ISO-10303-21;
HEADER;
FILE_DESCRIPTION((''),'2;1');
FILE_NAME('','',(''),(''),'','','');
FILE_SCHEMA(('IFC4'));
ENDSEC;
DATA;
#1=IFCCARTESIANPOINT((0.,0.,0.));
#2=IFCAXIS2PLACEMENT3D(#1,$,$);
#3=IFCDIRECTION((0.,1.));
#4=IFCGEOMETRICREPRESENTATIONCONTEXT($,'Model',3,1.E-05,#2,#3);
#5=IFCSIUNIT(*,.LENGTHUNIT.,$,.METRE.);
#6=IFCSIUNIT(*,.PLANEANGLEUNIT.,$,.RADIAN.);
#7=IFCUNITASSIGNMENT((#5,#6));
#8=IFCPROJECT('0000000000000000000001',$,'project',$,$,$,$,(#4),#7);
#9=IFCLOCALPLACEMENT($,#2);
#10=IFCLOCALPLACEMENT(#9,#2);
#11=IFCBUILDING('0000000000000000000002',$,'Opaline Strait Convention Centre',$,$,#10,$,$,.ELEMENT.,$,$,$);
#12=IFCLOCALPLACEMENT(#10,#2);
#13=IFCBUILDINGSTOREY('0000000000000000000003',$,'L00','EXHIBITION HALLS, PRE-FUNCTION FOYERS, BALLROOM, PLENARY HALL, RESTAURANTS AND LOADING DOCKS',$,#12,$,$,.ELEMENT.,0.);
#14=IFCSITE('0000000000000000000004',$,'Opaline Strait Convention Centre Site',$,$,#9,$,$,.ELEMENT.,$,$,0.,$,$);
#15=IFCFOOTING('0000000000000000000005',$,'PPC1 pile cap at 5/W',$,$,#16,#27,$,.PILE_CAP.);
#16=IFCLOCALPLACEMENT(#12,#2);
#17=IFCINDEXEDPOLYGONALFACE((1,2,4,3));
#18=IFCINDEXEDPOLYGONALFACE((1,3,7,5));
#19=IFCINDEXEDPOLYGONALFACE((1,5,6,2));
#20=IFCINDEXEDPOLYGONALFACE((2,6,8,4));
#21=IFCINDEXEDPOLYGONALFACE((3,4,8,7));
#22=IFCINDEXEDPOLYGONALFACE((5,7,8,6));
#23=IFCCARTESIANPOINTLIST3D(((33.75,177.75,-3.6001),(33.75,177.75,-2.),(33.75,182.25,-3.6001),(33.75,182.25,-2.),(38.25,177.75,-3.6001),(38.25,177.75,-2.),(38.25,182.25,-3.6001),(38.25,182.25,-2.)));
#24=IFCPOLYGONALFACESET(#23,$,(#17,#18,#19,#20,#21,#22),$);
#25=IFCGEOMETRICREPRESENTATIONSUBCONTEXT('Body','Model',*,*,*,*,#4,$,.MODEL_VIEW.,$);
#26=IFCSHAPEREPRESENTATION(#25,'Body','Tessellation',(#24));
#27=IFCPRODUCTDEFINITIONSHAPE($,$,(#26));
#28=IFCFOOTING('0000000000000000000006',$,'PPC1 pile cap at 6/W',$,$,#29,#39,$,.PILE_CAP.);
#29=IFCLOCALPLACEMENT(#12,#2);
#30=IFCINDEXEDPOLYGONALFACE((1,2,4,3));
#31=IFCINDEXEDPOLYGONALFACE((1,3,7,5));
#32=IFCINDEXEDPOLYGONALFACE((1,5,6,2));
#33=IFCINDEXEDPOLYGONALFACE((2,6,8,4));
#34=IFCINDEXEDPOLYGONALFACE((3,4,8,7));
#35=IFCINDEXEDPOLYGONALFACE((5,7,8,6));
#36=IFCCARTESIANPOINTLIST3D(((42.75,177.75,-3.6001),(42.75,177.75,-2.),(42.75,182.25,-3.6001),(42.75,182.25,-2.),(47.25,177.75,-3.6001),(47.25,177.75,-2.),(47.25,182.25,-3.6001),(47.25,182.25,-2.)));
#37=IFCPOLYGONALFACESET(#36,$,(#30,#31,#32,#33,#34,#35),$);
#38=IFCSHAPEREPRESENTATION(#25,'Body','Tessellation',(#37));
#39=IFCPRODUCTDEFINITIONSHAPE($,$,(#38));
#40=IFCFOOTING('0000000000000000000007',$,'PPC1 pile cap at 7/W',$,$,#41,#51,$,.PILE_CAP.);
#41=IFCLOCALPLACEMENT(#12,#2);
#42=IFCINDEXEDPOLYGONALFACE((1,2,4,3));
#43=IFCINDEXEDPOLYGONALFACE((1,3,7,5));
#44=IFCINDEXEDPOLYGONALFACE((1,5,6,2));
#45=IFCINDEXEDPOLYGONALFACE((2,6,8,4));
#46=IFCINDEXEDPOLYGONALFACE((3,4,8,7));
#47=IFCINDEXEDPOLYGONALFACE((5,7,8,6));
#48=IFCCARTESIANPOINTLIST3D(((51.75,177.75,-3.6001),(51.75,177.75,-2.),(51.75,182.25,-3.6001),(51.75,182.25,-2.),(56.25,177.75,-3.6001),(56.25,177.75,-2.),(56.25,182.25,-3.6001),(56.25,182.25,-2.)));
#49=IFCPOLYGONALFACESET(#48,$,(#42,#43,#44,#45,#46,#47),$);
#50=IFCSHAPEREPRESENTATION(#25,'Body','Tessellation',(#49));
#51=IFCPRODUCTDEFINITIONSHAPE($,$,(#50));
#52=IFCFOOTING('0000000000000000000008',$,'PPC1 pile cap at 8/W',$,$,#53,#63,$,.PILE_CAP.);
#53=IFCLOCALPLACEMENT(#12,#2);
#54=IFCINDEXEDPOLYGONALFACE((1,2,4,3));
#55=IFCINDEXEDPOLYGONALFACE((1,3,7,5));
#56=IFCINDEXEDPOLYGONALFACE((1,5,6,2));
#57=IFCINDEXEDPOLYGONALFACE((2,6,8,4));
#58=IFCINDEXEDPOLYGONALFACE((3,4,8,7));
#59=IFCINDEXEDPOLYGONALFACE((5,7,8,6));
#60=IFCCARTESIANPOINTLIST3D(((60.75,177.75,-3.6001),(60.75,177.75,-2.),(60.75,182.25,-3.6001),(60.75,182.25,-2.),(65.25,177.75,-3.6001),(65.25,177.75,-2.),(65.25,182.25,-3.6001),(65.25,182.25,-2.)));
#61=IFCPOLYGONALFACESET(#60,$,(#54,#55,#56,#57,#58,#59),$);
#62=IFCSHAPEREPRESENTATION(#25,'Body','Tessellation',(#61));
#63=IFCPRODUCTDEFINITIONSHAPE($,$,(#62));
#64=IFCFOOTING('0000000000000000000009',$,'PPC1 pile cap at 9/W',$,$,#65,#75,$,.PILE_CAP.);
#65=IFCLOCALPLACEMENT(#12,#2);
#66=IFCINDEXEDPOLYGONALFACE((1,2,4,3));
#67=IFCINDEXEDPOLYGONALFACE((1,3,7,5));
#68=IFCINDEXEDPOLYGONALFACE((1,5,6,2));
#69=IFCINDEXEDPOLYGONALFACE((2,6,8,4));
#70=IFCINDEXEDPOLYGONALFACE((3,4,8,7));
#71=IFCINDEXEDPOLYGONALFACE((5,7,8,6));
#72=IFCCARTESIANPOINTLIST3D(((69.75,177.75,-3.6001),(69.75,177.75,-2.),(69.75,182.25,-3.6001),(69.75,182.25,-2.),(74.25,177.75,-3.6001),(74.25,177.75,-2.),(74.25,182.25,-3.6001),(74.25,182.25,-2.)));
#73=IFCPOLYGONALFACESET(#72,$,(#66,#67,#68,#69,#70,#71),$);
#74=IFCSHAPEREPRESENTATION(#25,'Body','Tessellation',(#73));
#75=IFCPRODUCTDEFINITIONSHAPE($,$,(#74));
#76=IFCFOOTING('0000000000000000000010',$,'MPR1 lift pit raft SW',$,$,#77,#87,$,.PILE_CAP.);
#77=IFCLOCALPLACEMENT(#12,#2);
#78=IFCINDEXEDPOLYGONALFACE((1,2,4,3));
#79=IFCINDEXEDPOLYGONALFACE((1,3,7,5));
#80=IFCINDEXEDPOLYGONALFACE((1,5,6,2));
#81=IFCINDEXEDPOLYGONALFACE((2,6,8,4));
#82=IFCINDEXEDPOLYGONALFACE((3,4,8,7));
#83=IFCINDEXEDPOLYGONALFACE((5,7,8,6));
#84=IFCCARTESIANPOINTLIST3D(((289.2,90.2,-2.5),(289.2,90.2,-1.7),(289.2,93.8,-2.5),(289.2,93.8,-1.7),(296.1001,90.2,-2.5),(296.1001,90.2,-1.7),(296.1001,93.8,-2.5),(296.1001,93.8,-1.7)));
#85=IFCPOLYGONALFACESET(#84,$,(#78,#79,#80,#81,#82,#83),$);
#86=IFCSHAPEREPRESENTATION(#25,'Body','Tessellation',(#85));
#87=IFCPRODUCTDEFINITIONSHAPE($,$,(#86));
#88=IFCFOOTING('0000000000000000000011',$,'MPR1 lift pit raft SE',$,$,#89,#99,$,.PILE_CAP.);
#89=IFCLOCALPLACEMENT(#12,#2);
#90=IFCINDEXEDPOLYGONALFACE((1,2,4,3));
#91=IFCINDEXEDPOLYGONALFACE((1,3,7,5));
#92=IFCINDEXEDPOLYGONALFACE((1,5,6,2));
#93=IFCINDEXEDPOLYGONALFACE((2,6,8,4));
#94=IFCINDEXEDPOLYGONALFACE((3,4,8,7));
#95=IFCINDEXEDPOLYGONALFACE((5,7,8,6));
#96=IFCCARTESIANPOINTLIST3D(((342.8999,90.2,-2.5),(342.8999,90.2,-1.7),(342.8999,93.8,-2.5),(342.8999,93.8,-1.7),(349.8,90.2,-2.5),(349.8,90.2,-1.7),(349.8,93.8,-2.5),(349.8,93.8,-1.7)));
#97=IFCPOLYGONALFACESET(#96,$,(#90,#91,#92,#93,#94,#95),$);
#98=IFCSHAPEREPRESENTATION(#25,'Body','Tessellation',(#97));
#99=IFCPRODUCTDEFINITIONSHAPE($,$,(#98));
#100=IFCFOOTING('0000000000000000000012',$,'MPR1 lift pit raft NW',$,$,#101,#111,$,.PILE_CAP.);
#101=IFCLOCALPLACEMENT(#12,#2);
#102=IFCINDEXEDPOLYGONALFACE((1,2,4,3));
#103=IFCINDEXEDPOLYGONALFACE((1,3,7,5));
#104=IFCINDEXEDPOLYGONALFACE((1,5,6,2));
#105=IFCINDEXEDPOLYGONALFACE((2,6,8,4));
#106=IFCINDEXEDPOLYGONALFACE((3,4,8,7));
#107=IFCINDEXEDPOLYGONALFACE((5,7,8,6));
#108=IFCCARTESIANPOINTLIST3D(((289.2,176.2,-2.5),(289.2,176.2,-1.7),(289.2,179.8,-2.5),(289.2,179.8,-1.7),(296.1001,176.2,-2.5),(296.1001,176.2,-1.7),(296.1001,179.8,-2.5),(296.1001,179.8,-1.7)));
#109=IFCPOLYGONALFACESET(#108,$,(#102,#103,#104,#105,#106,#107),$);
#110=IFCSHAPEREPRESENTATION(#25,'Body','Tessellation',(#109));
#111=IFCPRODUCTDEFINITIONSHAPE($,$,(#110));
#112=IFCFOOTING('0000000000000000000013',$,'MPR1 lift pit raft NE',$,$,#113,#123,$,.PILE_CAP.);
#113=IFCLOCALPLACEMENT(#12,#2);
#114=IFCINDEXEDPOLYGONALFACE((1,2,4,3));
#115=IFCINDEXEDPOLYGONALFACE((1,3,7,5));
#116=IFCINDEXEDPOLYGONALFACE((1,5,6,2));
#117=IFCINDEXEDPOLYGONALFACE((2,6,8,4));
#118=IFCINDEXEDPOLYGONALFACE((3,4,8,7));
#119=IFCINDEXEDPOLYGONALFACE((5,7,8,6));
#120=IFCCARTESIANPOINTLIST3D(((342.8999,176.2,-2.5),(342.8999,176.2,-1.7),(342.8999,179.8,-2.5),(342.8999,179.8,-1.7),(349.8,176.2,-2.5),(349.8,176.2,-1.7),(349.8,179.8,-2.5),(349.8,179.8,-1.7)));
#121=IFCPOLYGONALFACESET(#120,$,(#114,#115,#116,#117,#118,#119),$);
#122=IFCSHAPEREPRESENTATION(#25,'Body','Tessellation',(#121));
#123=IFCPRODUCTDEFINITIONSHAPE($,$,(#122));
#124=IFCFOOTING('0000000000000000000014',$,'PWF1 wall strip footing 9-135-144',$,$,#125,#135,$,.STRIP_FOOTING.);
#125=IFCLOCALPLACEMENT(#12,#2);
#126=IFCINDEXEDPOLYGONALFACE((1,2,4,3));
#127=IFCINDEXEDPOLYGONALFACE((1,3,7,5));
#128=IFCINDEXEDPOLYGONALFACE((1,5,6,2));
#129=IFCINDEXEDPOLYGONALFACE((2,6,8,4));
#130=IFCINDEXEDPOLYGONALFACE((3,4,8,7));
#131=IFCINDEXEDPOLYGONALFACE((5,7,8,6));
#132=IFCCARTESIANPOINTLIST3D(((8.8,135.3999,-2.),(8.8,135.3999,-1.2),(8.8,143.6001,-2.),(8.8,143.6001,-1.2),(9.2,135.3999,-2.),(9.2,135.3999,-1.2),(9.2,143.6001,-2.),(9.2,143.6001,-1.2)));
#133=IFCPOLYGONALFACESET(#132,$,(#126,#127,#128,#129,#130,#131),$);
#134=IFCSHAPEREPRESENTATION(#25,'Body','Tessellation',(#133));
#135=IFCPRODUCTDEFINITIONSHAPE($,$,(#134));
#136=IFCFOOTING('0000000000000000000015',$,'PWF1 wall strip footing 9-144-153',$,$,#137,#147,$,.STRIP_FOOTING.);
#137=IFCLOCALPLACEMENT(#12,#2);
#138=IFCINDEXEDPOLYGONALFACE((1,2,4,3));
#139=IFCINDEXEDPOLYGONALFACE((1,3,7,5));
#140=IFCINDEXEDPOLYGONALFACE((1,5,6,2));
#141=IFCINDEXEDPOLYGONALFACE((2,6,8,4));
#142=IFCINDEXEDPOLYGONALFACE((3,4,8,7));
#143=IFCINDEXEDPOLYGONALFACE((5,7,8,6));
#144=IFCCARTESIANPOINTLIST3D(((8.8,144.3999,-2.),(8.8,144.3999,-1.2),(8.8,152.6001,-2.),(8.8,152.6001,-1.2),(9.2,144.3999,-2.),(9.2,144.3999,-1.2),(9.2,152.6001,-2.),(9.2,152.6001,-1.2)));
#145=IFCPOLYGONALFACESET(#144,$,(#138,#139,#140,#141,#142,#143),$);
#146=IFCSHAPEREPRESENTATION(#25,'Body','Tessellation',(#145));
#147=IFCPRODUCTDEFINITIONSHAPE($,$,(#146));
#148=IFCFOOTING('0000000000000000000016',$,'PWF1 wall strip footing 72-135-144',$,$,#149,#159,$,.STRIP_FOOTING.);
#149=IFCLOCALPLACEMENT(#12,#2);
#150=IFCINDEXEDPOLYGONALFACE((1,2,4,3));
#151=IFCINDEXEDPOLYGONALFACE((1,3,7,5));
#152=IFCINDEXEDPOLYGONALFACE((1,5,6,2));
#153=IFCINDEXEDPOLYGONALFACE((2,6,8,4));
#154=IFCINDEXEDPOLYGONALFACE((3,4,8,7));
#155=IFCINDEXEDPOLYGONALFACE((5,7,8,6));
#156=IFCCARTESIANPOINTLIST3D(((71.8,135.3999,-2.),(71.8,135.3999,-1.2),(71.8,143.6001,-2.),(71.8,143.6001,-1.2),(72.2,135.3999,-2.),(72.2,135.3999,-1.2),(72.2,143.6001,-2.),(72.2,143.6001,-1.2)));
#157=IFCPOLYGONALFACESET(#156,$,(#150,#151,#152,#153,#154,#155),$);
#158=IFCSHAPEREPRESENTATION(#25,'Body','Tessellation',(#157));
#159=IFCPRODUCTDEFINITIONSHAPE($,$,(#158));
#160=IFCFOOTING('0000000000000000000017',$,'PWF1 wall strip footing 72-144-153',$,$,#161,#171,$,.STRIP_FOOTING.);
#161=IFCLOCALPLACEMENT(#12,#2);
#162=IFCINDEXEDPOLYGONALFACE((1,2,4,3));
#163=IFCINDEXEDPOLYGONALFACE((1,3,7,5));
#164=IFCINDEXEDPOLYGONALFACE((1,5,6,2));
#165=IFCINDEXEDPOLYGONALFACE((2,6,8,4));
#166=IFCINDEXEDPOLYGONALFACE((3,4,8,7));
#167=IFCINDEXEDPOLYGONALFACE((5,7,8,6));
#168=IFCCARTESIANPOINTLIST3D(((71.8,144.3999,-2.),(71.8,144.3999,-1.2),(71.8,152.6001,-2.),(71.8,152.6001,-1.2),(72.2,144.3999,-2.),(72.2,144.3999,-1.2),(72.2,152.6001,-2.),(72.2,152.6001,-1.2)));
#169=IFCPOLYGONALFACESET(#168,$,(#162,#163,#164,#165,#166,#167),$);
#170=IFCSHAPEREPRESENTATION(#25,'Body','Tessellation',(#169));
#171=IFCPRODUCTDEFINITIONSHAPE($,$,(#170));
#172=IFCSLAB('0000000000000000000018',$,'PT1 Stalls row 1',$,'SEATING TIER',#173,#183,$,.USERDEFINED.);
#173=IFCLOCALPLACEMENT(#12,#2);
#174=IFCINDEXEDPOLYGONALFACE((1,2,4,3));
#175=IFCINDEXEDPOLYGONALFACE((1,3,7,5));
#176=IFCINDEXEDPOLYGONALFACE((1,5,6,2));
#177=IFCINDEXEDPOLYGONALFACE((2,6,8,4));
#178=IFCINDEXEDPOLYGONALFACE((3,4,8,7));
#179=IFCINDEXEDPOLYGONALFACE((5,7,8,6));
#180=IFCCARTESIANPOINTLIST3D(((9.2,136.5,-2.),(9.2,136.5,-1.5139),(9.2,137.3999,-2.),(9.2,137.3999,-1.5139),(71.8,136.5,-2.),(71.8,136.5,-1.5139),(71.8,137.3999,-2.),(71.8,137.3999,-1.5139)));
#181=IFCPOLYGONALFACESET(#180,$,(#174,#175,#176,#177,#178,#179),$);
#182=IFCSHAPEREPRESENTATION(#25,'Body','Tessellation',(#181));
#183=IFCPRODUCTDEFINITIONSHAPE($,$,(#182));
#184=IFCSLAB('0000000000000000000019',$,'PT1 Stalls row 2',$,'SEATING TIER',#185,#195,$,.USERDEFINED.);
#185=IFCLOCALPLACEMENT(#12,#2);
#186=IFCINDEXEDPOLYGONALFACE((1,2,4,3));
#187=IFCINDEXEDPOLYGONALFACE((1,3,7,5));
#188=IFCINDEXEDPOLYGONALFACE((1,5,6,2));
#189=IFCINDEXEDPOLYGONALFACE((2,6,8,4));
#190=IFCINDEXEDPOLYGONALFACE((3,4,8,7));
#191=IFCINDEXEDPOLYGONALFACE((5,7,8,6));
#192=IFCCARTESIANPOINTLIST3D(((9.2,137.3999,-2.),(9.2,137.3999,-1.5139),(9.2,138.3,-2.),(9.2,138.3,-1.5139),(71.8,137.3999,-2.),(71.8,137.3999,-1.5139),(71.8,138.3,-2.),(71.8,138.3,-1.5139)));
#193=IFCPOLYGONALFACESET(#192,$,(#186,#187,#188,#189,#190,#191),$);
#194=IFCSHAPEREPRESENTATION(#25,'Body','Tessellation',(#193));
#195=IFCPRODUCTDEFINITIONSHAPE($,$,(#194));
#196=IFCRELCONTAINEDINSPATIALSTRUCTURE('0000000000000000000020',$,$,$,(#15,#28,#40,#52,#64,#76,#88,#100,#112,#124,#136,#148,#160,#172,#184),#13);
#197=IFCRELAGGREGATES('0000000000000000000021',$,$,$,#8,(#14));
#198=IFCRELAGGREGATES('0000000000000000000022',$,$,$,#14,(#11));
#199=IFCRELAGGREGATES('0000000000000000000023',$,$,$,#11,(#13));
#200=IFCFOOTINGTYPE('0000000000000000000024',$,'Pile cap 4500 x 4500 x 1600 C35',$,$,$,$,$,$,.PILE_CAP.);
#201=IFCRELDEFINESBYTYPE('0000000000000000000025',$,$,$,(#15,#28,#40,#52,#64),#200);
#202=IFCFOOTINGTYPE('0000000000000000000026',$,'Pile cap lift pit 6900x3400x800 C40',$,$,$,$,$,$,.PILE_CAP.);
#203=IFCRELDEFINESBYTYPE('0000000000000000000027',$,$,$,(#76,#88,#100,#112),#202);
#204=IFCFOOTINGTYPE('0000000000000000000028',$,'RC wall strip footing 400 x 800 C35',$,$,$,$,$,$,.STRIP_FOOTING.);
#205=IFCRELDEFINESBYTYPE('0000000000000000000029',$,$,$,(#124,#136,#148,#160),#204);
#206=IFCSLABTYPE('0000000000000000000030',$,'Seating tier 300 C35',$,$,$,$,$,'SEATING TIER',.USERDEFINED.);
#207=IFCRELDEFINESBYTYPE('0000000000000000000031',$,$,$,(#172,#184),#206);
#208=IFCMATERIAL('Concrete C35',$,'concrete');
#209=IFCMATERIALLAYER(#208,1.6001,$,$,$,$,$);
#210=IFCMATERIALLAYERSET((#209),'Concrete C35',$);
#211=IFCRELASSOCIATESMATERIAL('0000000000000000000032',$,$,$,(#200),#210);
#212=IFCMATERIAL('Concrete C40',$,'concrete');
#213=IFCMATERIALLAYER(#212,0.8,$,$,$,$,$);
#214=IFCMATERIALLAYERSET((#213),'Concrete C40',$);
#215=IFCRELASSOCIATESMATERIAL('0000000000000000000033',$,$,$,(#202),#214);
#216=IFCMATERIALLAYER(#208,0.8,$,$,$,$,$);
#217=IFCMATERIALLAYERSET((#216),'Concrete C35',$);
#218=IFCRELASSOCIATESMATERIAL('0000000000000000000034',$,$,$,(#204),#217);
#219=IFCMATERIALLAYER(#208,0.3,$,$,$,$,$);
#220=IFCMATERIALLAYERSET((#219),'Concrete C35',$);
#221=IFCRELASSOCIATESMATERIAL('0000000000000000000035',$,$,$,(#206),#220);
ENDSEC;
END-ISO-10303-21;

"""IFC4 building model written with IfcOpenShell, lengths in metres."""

from ifc_helpers import new_model, si_unit, direction, frame, origin, place, context, subcontext, project, spatial, polyline, outline, extrude, material, layer, layer_set, type_object, element, save


model = new_model("IFC4")

# Units and contexts
model_context = context("Model", 3, precision=1e-05, world=origin(), true_north=direction((0.0, 1.0)))
body_context = subcontext(model_context, "Body", "Model", "MODEL_VIEW")
ifc_project = project(units=[si_unit("LENGTHUNIT", "METRE"), si_unit("PLANEANGLEUNIT", "RADIAN")], contexts=[model_context])

# Site, building, storey
site_placement = place(None, origin())
site = spatial("IfcSite", under=ifc_project, at=site_placement, Name="Opaline Strait Convention Centre Site", CompositionType="ELEMENT", RefElevation=0.0)
building_placement = place(site_placement, origin())
building = spatial("IfcBuilding", under=site, at=building_placement, Name="Opaline Strait Convention Centre", CompositionType="ELEMENT")
storey_placement = place(building_placement, origin())
storey = spatial("IfcBuildingStorey", under=building, at=storey_placement, Name="L00", Description="EXHIBITION HALLS, PRE-FUNCTION FOYERS, BALLROOM, PLENARY HALL, RESTAURANTS AND LOADING DOCKS", CompositionType="ELEMENT", Elevation=0.0)

# Footings
ifc_material_1 = material(Name="Concrete C35", Category="concrete")
ifc_layer_1 = layer(ifc_material_1, 1.6001)
ifc_layer_set_1 = layer_set([ifc_layer_1], Name="Concrete C35")
footing_type_1 = type_object("IfcFootingType", Name="Pile cap 4500 x 4500 x 1600 C35", PredefinedType="PILE_CAP", material=ifc_layer_set_1)
footing_1_placement = place(storey_placement, frame((0.0, 0.0, -3.6001)))
element("IfcFooting", 1, at=footing_1_placement, inside=storey, type_object=footing_type_1, Name="PPC1 pile cap at 5/W", PredefinedType="PILE_CAP", context=body_context, shape_type="SweptSolid", body=[
    extrude(outline(polyline([(33.75, 177.75), (38.25, 177.75), (38.25, 182.25), (33.75, 182.25), (33.75, 177.75)])), origin(), (0.0, 0.0, 1.0), 1.6001),
])
footing_2_placement = place(storey_placement, frame((0.0, 0.0, -3.6001)))
element("IfcFooting", 2, at=footing_2_placement, inside=storey, type_object=footing_type_1, Name="PPC1 pile cap at 6/W", PredefinedType="PILE_CAP", context=body_context, shape_type="SweptSolid", body=[
    extrude(outline(polyline([(42.75, 177.75), (47.25, 177.75), (47.25, 182.25), (42.75, 182.25), (42.75, 177.75)])), origin(), (0.0, 0.0, 1.0), 1.6001),
])
footing_3_placement = place(storey_placement, frame((0.0, 0.0, -3.6001)))
element("IfcFooting", 3, at=footing_3_placement, inside=storey, type_object=footing_type_1, Name="PPC1 pile cap at 7/W", PredefinedType="PILE_CAP", context=body_context, shape_type="SweptSolid", body=[
    extrude(outline(polyline([(51.75, 177.75), (56.25, 177.75), (56.25, 182.25), (51.75, 182.25), (51.75, 177.75)])), origin(), (0.0, 0.0, 1.0), 1.6001),
])
footing_4_placement = place(storey_placement, frame((0.0, 0.0, -3.6001)))
element("IfcFooting", 4, at=footing_4_placement, inside=storey, type_object=footing_type_1, Name="PPC1 pile cap at 8/W", PredefinedType="PILE_CAP", context=body_context, shape_type="SweptSolid", body=[
    extrude(outline(polyline([(60.75, 177.75), (65.25, 177.75), (65.25, 182.25), (60.75, 182.25), (60.75, 177.75)])), origin(), (0.0, 0.0, 1.0), 1.6001),
])
footing_5_placement = place(storey_placement, frame((0.0, 0.0, -3.6001)))
element("IfcFooting", 5, at=footing_5_placement, inside=storey, type_object=footing_type_1, Name="PPC1 pile cap at 9/W", PredefinedType="PILE_CAP", context=body_context, shape_type="SweptSolid", body=[
    extrude(outline(polyline([(69.75, 177.75), (74.25, 177.75), (74.25, 182.25), (69.75, 182.25), (69.75, 177.75)])), origin(), (0.0, 0.0, 1.0), 1.6001),
])
ifc_material_2 = material(Name="Concrete C40", Category="concrete")
ifc_layer_2 = layer(ifc_material_2, 0.8)
ifc_layer_set_2 = layer_set([ifc_layer_2], Name="Concrete C40")
footing_type_2 = type_object("IfcFootingType", Name="Pile cap lift pit 6900x3400x800 C40", PredefinedType="PILE_CAP", material=ifc_layer_set_2)
footing_6_placement = place(storey_placement, frame((0.0, 0.0, -2.5)))
element("IfcFooting", 6, at=footing_6_placement, inside=storey, type_object=footing_type_2, Name="MPR1 lift pit raft SW", PredefinedType="PILE_CAP", context=body_context, shape_type="SweptSolid", body=[
    extrude(outline(polyline([(296.1001, 90.2), (296.1001, 93.8), (289.2, 93.8), (289.2, 90.2), (296.1001, 90.2)])), origin(), (0.0, 0.0, 1.0), 0.8),
])
footing_7_placement = place(storey_placement, frame((0.0, 0.0, -2.5)))
element("IfcFooting", 7, at=footing_7_placement, inside=storey, type_object=footing_type_2, Name="MPR1 lift pit raft SE", PredefinedType="PILE_CAP", context=body_context, shape_type="SweptSolid", body=[
    extrude(outline(polyline([(349.8, 90.2), (349.8, 93.8), (342.8999, 93.8), (342.8999, 90.2), (349.8, 90.2)])), origin(), (0.0, 0.0, 1.0), 0.8),
])
footing_8_placement = place(storey_placement, frame((0.0, 0.0, -2.5)))
element("IfcFooting", 8, at=footing_8_placement, inside=storey, type_object=footing_type_2, Name="MPR1 lift pit raft NW", PredefinedType="PILE_CAP", context=body_context, shape_type="SweptSolid", body=[
    extrude(outline(polyline([(296.1001, 176.2), (296.1001, 179.8), (289.2, 179.8), (289.2, 176.2), (296.1001, 176.2)])), origin(), (0.0, 0.0, 1.0), 0.8),
])
footing_9_placement = place(storey_placement, frame((0.0, 0.0, -2.5)))
element("IfcFooting", 9, at=footing_9_placement, inside=storey, type_object=footing_type_2, Name="MPR1 lift pit raft NE", PredefinedType="PILE_CAP", context=body_context, shape_type="SweptSolid", body=[
    extrude(outline(polyline([(349.8, 176.2), (349.8, 179.8), (342.8999, 179.8), (342.8999, 176.2), (349.8, 176.2)])), origin(), (0.0, 0.0, 1.0), 0.8),
])
ifc_layer_3 = layer(ifc_material_1, 0.8)
ifc_layer_set_3 = layer_set([ifc_layer_3], Name="Concrete C35")
footing_type_3 = type_object("IfcFootingType", Name="RC wall strip footing 400 x 800 C35", PredefinedType="STRIP_FOOTING", material=ifc_layer_set_3)
footing_10_placement = place(storey_placement, frame((0.0, 0.0, -2.0)))
element("IfcFooting", 10, at=footing_10_placement, inside=storey, type_object=footing_type_3, Name="PWF1 wall strip footing 9-135-144", PredefinedType="STRIP_FOOTING", context=body_context, shape_type="SweptSolid", body=[
    extrude(outline(polyline([(8.8, 135.3999), (9.2, 135.3999), (9.2, 143.6001), (8.8, 143.6001), (8.8, 135.3999)])), origin(), (0.0, 0.0, 1.0), 0.8),
])
footing_11_placement = place(storey_placement, frame((0.0, 0.0, -2.0)))
element("IfcFooting", 11, at=footing_11_placement, inside=storey, type_object=footing_type_3, Name="PWF1 wall strip footing 9-144-153", PredefinedType="STRIP_FOOTING", context=body_context, shape_type="SweptSolid", body=[
    extrude(outline(polyline([(8.8, 144.3999), (9.2, 144.3999), (9.2, 152.6001), (8.8, 152.6001), (8.8, 144.3999)])), origin(), (0.0, 0.0, 1.0), 0.8),
])
footing_12_placement = place(storey_placement, frame((0.0, 0.0, -2.0)))
element("IfcFooting", 12, at=footing_12_placement, inside=storey, type_object=footing_type_3, Name="PWF1 wall strip footing 72-135-144", PredefinedType="STRIP_FOOTING", context=body_context, shape_type="SweptSolid", body=[
    extrude(outline(polyline([(71.8, 135.3999), (72.2, 135.3999), (72.2, 143.6001), (71.8, 143.6001), (71.8, 135.3999)])), origin(), (0.0, 0.0, 1.0), 0.8),
])
footing_13_placement = place(storey_placement, frame((0.0, 0.0, -2.0)))
element("IfcFooting", 13, at=footing_13_placement, inside=storey, type_object=footing_type_3, Name="PWF1 wall strip footing 72-144-153", PredefinedType="STRIP_FOOTING", context=body_context, shape_type="SweptSolid", body=[
    extrude(outline(polyline([(71.8, 144.3999), (72.2, 144.3999), (72.2, 152.6001), (71.8, 152.6001), (71.8, 144.3999)])), origin(), (0.0, 0.0, 1.0), 0.8),
])

# Slabs
ifc_layer_4 = layer(ifc_material_1, 0.3)
ifc_layer_set_4 = layer_set([ifc_layer_4], Name="Concrete C35")
slab_type = type_object("IfcSlabType", Name="Seating tier 300 C35", ElementType="SEATING TIER", PredefinedType="USERDEFINED", material=ifc_layer_set_4)
slab_1_placement = place(storey_placement, frame((0.0, 0.0, -2.0)))
element("IfcSlab", 14, at=slab_1_placement, inside=storey, type_object=slab_type, Name="PT1 Stalls row 1", ObjectType="SEATING TIER", PredefinedType="USERDEFINED", context=body_context, shape_type="SweptSolid", body=[
    extrude(outline(polyline([(9.2, 136.5), (9.2, 137.3999), (71.8, 137.3999), (71.8, 136.5), (9.2, 136.5)])), origin(), (0.0, 0.0, 1.0), 0.4861),
])
slab_2_placement = place(storey_placement, frame((0.0, 0.0, -2.0)))
element("IfcSlab", 15, at=slab_2_placement, inside=storey, type_object=slab_type, Name="PT1 Stalls row 2", ObjectType="SEATING TIER", PredefinedType="USERDEFINED", context=body_context, shape_type="SweptSolid", body=[
    extrude(outline(polyline([(9.2, 137.3999), (9.2, 138.3), (71.8, 138.3), (71.8, 137.3999), (9.2, 137.3999)])), origin(), (0.0, 0.0, 1.0), 0.4861),
])

save(model, "model.ifc")
